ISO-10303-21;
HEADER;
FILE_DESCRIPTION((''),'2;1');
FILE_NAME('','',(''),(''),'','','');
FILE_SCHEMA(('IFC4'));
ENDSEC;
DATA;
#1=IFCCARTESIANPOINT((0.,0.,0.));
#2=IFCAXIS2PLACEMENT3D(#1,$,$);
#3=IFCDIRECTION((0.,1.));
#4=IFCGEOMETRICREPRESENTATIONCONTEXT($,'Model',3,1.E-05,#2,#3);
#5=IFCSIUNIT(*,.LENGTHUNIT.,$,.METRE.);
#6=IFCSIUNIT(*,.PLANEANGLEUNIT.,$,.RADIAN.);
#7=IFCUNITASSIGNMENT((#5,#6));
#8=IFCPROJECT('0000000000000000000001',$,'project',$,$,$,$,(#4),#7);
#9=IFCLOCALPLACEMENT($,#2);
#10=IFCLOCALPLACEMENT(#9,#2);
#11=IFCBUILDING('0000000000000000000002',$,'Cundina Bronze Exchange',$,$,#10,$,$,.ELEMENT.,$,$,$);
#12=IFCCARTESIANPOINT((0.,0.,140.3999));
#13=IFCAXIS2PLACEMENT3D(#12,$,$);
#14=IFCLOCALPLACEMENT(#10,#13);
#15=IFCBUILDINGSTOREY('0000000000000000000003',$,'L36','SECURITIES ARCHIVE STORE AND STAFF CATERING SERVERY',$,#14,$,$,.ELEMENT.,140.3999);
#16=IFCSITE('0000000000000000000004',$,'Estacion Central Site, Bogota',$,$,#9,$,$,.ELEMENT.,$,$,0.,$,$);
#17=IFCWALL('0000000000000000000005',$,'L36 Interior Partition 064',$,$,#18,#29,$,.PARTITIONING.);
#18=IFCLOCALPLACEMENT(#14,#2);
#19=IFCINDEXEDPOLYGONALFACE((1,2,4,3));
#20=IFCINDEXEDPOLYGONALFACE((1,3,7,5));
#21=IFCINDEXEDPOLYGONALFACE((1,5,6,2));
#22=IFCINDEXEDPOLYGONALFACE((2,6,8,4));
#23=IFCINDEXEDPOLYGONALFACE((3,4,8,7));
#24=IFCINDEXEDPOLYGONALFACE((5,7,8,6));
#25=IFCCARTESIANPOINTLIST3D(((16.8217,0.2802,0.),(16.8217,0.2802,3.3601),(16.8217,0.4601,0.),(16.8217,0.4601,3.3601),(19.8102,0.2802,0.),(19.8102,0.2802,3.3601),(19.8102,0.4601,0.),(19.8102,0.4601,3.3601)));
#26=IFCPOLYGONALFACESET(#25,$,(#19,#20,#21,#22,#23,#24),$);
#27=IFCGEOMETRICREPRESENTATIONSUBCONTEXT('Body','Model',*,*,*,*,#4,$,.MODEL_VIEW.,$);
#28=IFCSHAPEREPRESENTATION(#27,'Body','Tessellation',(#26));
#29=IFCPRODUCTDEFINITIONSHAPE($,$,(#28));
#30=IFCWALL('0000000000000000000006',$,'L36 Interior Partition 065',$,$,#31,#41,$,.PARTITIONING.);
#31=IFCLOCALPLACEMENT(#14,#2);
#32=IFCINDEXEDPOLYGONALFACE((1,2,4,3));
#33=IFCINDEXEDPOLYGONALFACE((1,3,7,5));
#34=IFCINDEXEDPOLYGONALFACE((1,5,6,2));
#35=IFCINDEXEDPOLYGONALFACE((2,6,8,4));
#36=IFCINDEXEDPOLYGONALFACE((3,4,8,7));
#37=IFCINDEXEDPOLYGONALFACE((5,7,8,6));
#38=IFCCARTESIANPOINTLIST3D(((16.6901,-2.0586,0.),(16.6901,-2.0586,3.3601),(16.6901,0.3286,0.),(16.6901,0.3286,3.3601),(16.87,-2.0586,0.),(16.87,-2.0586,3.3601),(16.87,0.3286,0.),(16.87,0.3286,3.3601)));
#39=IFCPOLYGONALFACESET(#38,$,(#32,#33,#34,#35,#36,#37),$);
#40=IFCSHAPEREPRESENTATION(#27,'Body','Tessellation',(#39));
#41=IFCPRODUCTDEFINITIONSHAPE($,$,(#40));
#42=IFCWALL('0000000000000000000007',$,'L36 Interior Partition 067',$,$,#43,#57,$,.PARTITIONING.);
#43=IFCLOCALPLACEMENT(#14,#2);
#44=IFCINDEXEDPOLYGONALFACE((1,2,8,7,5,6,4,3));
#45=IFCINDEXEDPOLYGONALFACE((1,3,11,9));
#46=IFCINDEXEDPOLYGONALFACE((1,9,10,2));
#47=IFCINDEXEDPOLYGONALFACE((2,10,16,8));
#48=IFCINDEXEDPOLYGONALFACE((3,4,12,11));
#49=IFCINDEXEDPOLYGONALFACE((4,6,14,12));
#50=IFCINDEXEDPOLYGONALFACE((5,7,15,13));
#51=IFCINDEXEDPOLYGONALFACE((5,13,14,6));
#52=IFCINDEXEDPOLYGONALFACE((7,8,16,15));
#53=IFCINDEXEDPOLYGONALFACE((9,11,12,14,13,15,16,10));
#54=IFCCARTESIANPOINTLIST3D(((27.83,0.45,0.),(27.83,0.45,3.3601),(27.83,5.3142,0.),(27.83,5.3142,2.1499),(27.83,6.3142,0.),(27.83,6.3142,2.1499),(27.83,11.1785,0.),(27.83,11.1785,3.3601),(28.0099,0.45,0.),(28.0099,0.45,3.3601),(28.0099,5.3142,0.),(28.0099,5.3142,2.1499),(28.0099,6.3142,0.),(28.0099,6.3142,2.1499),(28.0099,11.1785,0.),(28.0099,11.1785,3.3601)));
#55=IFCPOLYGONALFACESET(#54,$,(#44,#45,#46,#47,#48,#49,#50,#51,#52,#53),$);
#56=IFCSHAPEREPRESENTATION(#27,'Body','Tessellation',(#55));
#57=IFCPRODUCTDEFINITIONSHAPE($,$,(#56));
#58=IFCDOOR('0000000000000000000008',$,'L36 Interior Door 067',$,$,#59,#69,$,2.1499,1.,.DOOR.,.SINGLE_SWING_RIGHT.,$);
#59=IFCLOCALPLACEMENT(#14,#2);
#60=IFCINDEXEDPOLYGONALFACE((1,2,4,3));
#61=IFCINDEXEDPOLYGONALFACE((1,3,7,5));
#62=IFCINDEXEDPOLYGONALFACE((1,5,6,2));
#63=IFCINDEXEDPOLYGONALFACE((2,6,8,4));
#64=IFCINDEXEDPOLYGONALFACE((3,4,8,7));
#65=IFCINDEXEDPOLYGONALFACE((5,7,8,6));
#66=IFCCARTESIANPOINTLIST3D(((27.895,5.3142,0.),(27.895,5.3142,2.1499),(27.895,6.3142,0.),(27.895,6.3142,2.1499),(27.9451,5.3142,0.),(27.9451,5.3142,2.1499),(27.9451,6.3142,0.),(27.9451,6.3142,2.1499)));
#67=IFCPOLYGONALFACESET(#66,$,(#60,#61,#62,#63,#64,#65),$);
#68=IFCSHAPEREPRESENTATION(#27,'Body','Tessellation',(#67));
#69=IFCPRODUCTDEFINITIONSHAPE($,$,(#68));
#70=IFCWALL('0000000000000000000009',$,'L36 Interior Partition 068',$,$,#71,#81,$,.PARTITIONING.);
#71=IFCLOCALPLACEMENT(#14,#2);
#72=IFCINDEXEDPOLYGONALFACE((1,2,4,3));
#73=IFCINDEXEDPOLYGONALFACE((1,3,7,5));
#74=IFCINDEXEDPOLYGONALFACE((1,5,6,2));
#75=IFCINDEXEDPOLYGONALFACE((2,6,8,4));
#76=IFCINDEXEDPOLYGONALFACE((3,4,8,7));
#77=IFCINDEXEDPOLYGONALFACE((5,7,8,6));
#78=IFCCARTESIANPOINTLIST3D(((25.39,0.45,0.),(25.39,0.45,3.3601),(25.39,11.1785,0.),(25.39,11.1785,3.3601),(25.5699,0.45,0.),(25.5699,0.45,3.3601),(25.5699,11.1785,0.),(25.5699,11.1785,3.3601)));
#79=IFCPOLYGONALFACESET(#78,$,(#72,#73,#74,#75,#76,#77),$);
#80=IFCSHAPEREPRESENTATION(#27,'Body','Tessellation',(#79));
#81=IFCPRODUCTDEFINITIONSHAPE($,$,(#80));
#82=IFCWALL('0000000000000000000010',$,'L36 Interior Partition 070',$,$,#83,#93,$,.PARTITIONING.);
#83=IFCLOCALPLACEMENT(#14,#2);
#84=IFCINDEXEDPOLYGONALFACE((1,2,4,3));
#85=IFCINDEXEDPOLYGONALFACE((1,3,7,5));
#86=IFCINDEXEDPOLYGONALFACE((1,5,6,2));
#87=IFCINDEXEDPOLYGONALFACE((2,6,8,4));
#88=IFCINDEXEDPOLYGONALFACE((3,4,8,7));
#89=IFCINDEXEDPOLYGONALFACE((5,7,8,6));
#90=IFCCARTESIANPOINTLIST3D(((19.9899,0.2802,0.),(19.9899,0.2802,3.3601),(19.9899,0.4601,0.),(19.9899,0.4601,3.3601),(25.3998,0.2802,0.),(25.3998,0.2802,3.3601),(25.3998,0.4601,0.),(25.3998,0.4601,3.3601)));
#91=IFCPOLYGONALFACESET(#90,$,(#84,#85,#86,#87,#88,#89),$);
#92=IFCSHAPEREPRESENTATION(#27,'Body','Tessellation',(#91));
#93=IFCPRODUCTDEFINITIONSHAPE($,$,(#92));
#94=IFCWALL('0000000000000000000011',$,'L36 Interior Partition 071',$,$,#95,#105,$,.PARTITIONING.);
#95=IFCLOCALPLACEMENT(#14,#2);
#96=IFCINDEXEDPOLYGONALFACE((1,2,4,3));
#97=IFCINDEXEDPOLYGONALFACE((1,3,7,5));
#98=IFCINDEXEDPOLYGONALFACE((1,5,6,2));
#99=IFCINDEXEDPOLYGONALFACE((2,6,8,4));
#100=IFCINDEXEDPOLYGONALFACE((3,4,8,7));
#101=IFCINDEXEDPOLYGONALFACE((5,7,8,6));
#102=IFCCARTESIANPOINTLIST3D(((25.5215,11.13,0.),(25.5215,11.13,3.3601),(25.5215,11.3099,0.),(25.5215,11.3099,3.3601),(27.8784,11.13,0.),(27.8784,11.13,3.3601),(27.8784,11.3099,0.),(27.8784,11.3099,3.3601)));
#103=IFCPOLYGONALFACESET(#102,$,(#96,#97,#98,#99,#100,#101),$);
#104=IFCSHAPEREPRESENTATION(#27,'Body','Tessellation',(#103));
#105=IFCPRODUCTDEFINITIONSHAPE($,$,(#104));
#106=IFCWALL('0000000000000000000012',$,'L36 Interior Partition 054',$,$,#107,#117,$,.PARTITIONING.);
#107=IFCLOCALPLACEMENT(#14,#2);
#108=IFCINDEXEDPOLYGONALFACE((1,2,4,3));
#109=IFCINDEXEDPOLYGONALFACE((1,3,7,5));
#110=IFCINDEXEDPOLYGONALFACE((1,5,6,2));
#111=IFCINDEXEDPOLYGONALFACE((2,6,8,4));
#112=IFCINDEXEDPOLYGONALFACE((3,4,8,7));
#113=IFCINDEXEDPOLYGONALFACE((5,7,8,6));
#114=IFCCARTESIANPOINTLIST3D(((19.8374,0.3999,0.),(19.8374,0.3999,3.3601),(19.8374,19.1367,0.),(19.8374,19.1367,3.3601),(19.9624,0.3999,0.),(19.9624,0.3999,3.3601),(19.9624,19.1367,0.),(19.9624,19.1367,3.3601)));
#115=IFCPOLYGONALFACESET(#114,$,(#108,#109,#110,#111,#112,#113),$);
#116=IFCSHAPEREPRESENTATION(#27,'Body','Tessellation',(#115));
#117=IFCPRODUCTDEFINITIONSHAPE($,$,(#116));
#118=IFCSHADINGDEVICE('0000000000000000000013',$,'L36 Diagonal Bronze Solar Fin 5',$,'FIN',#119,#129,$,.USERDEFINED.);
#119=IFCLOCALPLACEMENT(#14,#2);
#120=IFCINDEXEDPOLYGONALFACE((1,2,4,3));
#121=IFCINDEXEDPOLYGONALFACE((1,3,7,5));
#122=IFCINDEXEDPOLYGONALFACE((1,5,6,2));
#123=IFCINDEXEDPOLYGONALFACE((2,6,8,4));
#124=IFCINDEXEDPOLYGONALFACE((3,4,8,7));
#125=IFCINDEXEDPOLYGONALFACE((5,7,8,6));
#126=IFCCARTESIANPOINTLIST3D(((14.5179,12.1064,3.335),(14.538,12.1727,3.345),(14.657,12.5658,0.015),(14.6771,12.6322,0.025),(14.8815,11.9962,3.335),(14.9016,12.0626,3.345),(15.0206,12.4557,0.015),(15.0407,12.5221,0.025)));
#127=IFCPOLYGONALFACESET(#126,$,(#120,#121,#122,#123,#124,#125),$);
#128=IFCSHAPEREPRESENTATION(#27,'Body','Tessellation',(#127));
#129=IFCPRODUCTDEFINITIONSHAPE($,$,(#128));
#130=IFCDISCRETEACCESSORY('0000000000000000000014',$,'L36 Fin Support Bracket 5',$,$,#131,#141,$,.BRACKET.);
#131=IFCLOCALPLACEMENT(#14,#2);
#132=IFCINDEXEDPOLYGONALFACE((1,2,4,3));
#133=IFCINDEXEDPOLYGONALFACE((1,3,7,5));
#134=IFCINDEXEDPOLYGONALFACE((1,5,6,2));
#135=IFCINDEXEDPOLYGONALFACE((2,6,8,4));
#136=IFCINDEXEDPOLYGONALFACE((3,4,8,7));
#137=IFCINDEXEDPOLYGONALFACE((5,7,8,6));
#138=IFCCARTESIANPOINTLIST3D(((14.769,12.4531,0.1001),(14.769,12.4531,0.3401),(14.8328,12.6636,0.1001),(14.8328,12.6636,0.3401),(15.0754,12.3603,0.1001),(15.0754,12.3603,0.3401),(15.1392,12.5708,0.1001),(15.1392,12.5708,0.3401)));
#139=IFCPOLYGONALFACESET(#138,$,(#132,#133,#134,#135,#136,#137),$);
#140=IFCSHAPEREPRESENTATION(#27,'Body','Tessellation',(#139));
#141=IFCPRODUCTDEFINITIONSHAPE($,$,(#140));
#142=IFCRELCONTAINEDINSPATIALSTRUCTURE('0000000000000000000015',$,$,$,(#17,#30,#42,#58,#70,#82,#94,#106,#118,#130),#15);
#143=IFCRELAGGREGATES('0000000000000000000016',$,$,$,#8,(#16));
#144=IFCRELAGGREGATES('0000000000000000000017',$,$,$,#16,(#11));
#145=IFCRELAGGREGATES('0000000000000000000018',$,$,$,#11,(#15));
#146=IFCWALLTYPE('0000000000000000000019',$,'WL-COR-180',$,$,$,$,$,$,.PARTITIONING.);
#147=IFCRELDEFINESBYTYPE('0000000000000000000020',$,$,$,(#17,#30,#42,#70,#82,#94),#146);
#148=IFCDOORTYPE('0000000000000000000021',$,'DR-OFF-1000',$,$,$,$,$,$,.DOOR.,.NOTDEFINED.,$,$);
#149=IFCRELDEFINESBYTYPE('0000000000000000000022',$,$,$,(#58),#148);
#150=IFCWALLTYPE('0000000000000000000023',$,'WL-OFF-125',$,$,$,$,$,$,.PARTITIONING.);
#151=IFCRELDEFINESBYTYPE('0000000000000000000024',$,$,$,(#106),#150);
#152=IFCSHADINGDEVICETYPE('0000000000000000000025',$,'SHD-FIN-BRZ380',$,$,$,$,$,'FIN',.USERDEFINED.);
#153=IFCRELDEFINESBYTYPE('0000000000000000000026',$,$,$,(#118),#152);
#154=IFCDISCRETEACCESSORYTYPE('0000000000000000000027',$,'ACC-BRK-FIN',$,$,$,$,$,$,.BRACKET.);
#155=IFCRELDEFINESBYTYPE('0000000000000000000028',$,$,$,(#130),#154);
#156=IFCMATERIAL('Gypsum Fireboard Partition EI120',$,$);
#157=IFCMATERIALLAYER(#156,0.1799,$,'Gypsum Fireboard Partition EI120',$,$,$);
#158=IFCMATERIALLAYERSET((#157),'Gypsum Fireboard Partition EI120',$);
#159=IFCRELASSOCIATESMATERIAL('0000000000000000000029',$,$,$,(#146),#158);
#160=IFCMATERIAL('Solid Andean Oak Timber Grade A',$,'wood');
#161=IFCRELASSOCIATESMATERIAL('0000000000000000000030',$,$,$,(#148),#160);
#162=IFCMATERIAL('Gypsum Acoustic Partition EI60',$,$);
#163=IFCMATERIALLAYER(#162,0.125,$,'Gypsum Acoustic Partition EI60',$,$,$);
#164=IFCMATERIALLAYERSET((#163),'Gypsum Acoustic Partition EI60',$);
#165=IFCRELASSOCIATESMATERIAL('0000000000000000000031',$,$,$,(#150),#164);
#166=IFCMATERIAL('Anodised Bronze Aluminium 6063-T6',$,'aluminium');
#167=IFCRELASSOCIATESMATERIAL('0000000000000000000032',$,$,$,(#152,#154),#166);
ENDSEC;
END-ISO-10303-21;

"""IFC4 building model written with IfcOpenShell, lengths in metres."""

from ifc_helpers import new_model, si_unit, direction, frame, frame_2d, origin, origin_2d, place, context, subcontext, project, spatial, rectangle, extrude, material, layer, layer_set, material_profile, profile_set, type_object, element, fill, save


model = new_model("IFC4")

# Units and contexts
model_context = context("Model", 3, precision=1e-05, world=origin(), true_north=direction((0.0, 1.0)))
body_context = subcontext(model_context, "Body", "Model", "MODEL_VIEW")
ifc_project = project(units=[si_unit("LENGTHUNIT", "METRE"), si_unit("PLANEANGLEUNIT", "RADIAN")], contexts=[model_context])

# Site, building, storey
site_placement = place(None, origin())
site = spatial("IfcSite", under=ifc_project, at=site_placement, Name="Estacion Central Site, Bogota", CompositionType="ELEMENT", RefElevation=0.0)
building_placement = place(site_placement, origin())
building = spatial("IfcBuilding", under=site, at=building_placement, Name="Cundina Bronze Exchange", CompositionType="ELEMENT")
storey_placement = place(building_placement, frame((0.0, 0.0, 140.3999)))
storey = spatial("IfcBuildingStorey", under=building, at=storey_placement, Name="L36", Description="SECURITIES ARCHIVE STORE AND STAFF CATERING SERVERY", CompositionType="ELEMENT", Elevation=140.3999)

# Shared definitions
ifc_material_1 = material(Name="Anodised Bronze Aluminium 6063-T6", Category="aluminium")

# Walls
ifc_material_2 = material(Name="Gypsum Fireboard Partition EI120")
ifc_layer_1 = layer(ifc_material_2, 0.1799, Name="Gypsum Fireboard Partition EI120")
ifc_layer_set_1 = layer_set([ifc_layer_1], Name="Gypsum Fireboard Partition EI120")
wall_type_1 = type_object("IfcWallType", Name="WL-COR-180", PredefinedType="PARTITIONING", material=ifc_layer_set_1)
wall_1_placement = place(storey_placement, frame((19.8101, 0.3701, 0.0), z_axis=(0.0, 0.0, 1.0), x_axis=(-1.0, 0.0, 0.0)))
element("IfcWall", 1, at=wall_1_placement, inside=storey, type_object=wall_type_1, Name="L36 Interior Partition 064", PredefinedType="PARTITIONING", context=body_context, shape_type="SweptSolid", body=[
    extrude(rectangle(XDim=2.9885, YDim=0.1799, at=frame_2d((1.4941, 0.0))), origin(), (0.0, 0.0, 1.0), 3.3601),
])
wall_2_placement = place(storey_placement, frame((16.78, 0.3286, 0.0), z_axis=(0.0, 0.0, 1.0), x_axis=(0.0, -1.0, 0.0)))
element("IfcWall", 2, at=wall_2_placement, inside=storey, type_object=wall_type_1, Name="L36 Interior Partition 065", PredefinedType="PARTITIONING", context=body_context, shape_type="SweptSolid", body=[
    extrude(rectangle(XDim=2.3872, YDim=0.1799, at=frame_2d((1.1936, 0.0))), origin(), (0.0, 0.0, 1.0), 3.3601),
])

# Wall, opening, door
wall_3_placement = place(storey_placement, frame((27.9199, 0.45, 0.0), z_axis=(0.0, 0.0, 1.0), x_axis=(0.0, 1.0, 0.0)))
wall_3 = element("IfcWall", 3, at=wall_3_placement, inside=storey, type_object=wall_type_1, Name="L36 Interior Partition 067", PredefinedType="PARTITIONING", context=body_context, shape_type="SweptSolid", body=[
    extrude(rectangle(XDim=10.7285, YDim=0.1799, at=frame_2d((5.3643, 0.0))), origin(), (0.0, 0.0, 1.0), 3.3601),
])
opening_placement = place(wall_3_placement, frame((4.8643, 0.0, 0.0)))
opening = element("IfcOpeningElement", 4, at=opening_placement, cuts=wall_3, PredefinedType="OPENING", context=body_context, shape_type="SweptSolid", body=[
    extrude(rectangle(XDim=1.0, YDim=2.1499, at=frame_2d((0.5, 1.075))), frame((0.0, 0.0999, 0.0), z_axis=(0.0, -1.0, 0.0), x_axis=(1.0, 0.0, 0.0)), (0.0, 0.0, 1.0), 0.2),
])
ifc_material_3 = material(Name="Solid Andean Oak Timber Grade A", Category="wood")
door_type = type_object("IfcDoorType", Name="DR-OFF-1000", OperationType="NOTDEFINED", PredefinedType="DOOR", material=ifc_material_3)
door_placement = place(opening_placement, origin())
door = element("IfcDoor", 5, at=door_placement, inside=storey, type_object=door_type, Name="L36 Interior Door 067", OperationType="SINGLE_SWING_RIGHT", OverallHeight=2.1499, OverallWidth=1.0, PredefinedType="DOOR", context=body_context, shape_type="SweptSolid", body=[
    extrude(rectangle(XDim=1.0, YDim=2.1499, at=frame_2d((0.5, 1.075))), frame((0.0, 0.0249, 0.0), z_axis=(0.0, -1.0, 0.0), x_axis=(1.0, 0.0, 0.0)), (0.0, 0.0, 1.0), 0.05),
])
fill(opening, door)

# Walls
wall_4_placement = place(storey_placement, frame((25.48, 11.1785, 0.0), z_axis=(0.0, 0.0, 1.0), x_axis=(0.0, -1.0, 0.0)))
element("IfcWall", 6, at=wall_4_placement, inside=storey, type_object=wall_type_1, Name="L36 Interior Partition 068", PredefinedType="PARTITIONING", context=body_context, shape_type="SweptSolid", body=[
    extrude(rectangle(XDim=10.7285, YDim=0.1799, at=frame_2d((5.3643, 0.0))), origin(), (0.0, 0.0, 1.0), 3.3601),
])
wall_5_placement = place(storey_placement, frame((25.3999, 0.3701, 0.0), z_axis=(0.0, 0.0, 1.0), x_axis=(-1.0, 0.0, 0.0)))
element("IfcWall", 7, at=wall_5_placement, inside=storey, type_object=wall_type_1, Name="L36 Interior Partition 070", PredefinedType="PARTITIONING", context=body_context, shape_type="SweptSolid", body=[
    extrude(rectangle(XDim=5.4099, YDim=0.1799, at=frame_2d((2.7051, 0.0))), origin(), (0.0, 0.0, 1.0), 3.3601),
])
wall_6_placement = place(storey_placement, frame((27.8784, 11.22, 0.0), z_axis=(0.0, 0.0, 1.0), x_axis=(-1.0, 0.0, 0.0)))
element("IfcWall", 8, at=wall_6_placement, inside=storey, type_object=wall_type_1, Name="L36 Interior Partition 071", PredefinedType="PARTITIONING", context=body_context, shape_type="SweptSolid", body=[
    extrude(rectangle(XDim=2.3569, YDim=0.1799, at=frame_2d((1.1785, 0.0))), origin(), (0.0, 0.0, 1.0), 3.3601),
])
ifc_material_4 = material(Name="Gypsum Acoustic Partition EI60")
ifc_layer_2 = layer(ifc_material_4, 0.125, Name="Gypsum Acoustic Partition EI60")
ifc_layer_set_2 = layer_set([ifc_layer_2], Name="Gypsum Acoustic Partition EI60")
wall_type_2 = type_object("IfcWallType", Name="WL-OFF-125", PredefinedType="PARTITIONING", material=ifc_layer_set_2)
wall_7_placement = place(storey_placement, frame((19.8999, 0.3999, 0.0), z_axis=(0.0, 0.0, 1.0), x_axis=(0.0, 1.0, 0.0)))
element("IfcWall", 9, at=wall_7_placement, inside=storey, type_object=wall_type_2, Name="L36 Interior Partition 054", PredefinedType="PARTITIONING", context=body_context, shape_type="SweptSolid", body=[
    extrude(rectangle(XDim=18.7368, YDim=0.125, at=frame_2d((9.3684, 0.0))), origin(), (0.0, 0.0, 1.0), 3.3601),
])

# Shading device
ifc_material_profile_1 = material_profile(ifc_material_1, rectangle(XDim=0.0701, YDim=0.3799, at=origin_2d()), Name="FIN70X380", Category="aluminium")
ifc_profile_set_1 = profile_set([ifc_material_profile_1], Name="Anodised Bronze Aluminium 6063-T6")
shading_device_type = type_object("IfcShadingDeviceType", Name="SHD-FIN-BRZ380", ElementType="FIN", PredefinedType="USERDEFINED", material=ifc_profile_set_1)
shading_device_placement = place(storey_placement, frame((14.8489, 12.5439, 0.02), z_axis=(-0.041483, -0.136968, 0.989706), x_axis=(0.286883, 0.947216, 0.143112)))
element("IfcShadingDevice", 10, at=shading_device_placement, inside=storey, type_object=shading_device_type, Name="L36 Diagonal Bronze Solar Fin 5", ObjectType="FIN", PredefinedType="USERDEFINED", context=body_context, shape_type="SweptSolid", body=[
    extrude(rectangle(XDim=0.0701, YDim=0.3799, at=origin_2d()), origin(), (0.0, 0.0, 1.0), 3.3545),
])

# Discrete accessory
discrete_accessory_type = type_object("IfcDiscreteAccessoryType", Name="ACC-BRK-FIN", PredefinedType="BRACKET", material=ifc_material_1)
discrete_accessory_placement = place(storey_placement, frame((14.9541, 12.512, 0.1001), z_axis=(0.0, 0.0, 1.0), x_axis=(-0.290051, -0.957011, 0.0)))
element("IfcDiscreteAccessory", 11, at=discrete_accessory_placement, inside=storey, type_object=discrete_accessory_type, Name="L36 Fin Support Bracket 5", PredefinedType="BRACKET", context=body_context, shape_type="SweptSolid", body=[
    extrude(rectangle(XDim=0.22, YDim=0.3201, at=origin_2d()), origin(), (0.0, 0.0, 1.0), 0.24),
])

save(model, "model.ifc")
